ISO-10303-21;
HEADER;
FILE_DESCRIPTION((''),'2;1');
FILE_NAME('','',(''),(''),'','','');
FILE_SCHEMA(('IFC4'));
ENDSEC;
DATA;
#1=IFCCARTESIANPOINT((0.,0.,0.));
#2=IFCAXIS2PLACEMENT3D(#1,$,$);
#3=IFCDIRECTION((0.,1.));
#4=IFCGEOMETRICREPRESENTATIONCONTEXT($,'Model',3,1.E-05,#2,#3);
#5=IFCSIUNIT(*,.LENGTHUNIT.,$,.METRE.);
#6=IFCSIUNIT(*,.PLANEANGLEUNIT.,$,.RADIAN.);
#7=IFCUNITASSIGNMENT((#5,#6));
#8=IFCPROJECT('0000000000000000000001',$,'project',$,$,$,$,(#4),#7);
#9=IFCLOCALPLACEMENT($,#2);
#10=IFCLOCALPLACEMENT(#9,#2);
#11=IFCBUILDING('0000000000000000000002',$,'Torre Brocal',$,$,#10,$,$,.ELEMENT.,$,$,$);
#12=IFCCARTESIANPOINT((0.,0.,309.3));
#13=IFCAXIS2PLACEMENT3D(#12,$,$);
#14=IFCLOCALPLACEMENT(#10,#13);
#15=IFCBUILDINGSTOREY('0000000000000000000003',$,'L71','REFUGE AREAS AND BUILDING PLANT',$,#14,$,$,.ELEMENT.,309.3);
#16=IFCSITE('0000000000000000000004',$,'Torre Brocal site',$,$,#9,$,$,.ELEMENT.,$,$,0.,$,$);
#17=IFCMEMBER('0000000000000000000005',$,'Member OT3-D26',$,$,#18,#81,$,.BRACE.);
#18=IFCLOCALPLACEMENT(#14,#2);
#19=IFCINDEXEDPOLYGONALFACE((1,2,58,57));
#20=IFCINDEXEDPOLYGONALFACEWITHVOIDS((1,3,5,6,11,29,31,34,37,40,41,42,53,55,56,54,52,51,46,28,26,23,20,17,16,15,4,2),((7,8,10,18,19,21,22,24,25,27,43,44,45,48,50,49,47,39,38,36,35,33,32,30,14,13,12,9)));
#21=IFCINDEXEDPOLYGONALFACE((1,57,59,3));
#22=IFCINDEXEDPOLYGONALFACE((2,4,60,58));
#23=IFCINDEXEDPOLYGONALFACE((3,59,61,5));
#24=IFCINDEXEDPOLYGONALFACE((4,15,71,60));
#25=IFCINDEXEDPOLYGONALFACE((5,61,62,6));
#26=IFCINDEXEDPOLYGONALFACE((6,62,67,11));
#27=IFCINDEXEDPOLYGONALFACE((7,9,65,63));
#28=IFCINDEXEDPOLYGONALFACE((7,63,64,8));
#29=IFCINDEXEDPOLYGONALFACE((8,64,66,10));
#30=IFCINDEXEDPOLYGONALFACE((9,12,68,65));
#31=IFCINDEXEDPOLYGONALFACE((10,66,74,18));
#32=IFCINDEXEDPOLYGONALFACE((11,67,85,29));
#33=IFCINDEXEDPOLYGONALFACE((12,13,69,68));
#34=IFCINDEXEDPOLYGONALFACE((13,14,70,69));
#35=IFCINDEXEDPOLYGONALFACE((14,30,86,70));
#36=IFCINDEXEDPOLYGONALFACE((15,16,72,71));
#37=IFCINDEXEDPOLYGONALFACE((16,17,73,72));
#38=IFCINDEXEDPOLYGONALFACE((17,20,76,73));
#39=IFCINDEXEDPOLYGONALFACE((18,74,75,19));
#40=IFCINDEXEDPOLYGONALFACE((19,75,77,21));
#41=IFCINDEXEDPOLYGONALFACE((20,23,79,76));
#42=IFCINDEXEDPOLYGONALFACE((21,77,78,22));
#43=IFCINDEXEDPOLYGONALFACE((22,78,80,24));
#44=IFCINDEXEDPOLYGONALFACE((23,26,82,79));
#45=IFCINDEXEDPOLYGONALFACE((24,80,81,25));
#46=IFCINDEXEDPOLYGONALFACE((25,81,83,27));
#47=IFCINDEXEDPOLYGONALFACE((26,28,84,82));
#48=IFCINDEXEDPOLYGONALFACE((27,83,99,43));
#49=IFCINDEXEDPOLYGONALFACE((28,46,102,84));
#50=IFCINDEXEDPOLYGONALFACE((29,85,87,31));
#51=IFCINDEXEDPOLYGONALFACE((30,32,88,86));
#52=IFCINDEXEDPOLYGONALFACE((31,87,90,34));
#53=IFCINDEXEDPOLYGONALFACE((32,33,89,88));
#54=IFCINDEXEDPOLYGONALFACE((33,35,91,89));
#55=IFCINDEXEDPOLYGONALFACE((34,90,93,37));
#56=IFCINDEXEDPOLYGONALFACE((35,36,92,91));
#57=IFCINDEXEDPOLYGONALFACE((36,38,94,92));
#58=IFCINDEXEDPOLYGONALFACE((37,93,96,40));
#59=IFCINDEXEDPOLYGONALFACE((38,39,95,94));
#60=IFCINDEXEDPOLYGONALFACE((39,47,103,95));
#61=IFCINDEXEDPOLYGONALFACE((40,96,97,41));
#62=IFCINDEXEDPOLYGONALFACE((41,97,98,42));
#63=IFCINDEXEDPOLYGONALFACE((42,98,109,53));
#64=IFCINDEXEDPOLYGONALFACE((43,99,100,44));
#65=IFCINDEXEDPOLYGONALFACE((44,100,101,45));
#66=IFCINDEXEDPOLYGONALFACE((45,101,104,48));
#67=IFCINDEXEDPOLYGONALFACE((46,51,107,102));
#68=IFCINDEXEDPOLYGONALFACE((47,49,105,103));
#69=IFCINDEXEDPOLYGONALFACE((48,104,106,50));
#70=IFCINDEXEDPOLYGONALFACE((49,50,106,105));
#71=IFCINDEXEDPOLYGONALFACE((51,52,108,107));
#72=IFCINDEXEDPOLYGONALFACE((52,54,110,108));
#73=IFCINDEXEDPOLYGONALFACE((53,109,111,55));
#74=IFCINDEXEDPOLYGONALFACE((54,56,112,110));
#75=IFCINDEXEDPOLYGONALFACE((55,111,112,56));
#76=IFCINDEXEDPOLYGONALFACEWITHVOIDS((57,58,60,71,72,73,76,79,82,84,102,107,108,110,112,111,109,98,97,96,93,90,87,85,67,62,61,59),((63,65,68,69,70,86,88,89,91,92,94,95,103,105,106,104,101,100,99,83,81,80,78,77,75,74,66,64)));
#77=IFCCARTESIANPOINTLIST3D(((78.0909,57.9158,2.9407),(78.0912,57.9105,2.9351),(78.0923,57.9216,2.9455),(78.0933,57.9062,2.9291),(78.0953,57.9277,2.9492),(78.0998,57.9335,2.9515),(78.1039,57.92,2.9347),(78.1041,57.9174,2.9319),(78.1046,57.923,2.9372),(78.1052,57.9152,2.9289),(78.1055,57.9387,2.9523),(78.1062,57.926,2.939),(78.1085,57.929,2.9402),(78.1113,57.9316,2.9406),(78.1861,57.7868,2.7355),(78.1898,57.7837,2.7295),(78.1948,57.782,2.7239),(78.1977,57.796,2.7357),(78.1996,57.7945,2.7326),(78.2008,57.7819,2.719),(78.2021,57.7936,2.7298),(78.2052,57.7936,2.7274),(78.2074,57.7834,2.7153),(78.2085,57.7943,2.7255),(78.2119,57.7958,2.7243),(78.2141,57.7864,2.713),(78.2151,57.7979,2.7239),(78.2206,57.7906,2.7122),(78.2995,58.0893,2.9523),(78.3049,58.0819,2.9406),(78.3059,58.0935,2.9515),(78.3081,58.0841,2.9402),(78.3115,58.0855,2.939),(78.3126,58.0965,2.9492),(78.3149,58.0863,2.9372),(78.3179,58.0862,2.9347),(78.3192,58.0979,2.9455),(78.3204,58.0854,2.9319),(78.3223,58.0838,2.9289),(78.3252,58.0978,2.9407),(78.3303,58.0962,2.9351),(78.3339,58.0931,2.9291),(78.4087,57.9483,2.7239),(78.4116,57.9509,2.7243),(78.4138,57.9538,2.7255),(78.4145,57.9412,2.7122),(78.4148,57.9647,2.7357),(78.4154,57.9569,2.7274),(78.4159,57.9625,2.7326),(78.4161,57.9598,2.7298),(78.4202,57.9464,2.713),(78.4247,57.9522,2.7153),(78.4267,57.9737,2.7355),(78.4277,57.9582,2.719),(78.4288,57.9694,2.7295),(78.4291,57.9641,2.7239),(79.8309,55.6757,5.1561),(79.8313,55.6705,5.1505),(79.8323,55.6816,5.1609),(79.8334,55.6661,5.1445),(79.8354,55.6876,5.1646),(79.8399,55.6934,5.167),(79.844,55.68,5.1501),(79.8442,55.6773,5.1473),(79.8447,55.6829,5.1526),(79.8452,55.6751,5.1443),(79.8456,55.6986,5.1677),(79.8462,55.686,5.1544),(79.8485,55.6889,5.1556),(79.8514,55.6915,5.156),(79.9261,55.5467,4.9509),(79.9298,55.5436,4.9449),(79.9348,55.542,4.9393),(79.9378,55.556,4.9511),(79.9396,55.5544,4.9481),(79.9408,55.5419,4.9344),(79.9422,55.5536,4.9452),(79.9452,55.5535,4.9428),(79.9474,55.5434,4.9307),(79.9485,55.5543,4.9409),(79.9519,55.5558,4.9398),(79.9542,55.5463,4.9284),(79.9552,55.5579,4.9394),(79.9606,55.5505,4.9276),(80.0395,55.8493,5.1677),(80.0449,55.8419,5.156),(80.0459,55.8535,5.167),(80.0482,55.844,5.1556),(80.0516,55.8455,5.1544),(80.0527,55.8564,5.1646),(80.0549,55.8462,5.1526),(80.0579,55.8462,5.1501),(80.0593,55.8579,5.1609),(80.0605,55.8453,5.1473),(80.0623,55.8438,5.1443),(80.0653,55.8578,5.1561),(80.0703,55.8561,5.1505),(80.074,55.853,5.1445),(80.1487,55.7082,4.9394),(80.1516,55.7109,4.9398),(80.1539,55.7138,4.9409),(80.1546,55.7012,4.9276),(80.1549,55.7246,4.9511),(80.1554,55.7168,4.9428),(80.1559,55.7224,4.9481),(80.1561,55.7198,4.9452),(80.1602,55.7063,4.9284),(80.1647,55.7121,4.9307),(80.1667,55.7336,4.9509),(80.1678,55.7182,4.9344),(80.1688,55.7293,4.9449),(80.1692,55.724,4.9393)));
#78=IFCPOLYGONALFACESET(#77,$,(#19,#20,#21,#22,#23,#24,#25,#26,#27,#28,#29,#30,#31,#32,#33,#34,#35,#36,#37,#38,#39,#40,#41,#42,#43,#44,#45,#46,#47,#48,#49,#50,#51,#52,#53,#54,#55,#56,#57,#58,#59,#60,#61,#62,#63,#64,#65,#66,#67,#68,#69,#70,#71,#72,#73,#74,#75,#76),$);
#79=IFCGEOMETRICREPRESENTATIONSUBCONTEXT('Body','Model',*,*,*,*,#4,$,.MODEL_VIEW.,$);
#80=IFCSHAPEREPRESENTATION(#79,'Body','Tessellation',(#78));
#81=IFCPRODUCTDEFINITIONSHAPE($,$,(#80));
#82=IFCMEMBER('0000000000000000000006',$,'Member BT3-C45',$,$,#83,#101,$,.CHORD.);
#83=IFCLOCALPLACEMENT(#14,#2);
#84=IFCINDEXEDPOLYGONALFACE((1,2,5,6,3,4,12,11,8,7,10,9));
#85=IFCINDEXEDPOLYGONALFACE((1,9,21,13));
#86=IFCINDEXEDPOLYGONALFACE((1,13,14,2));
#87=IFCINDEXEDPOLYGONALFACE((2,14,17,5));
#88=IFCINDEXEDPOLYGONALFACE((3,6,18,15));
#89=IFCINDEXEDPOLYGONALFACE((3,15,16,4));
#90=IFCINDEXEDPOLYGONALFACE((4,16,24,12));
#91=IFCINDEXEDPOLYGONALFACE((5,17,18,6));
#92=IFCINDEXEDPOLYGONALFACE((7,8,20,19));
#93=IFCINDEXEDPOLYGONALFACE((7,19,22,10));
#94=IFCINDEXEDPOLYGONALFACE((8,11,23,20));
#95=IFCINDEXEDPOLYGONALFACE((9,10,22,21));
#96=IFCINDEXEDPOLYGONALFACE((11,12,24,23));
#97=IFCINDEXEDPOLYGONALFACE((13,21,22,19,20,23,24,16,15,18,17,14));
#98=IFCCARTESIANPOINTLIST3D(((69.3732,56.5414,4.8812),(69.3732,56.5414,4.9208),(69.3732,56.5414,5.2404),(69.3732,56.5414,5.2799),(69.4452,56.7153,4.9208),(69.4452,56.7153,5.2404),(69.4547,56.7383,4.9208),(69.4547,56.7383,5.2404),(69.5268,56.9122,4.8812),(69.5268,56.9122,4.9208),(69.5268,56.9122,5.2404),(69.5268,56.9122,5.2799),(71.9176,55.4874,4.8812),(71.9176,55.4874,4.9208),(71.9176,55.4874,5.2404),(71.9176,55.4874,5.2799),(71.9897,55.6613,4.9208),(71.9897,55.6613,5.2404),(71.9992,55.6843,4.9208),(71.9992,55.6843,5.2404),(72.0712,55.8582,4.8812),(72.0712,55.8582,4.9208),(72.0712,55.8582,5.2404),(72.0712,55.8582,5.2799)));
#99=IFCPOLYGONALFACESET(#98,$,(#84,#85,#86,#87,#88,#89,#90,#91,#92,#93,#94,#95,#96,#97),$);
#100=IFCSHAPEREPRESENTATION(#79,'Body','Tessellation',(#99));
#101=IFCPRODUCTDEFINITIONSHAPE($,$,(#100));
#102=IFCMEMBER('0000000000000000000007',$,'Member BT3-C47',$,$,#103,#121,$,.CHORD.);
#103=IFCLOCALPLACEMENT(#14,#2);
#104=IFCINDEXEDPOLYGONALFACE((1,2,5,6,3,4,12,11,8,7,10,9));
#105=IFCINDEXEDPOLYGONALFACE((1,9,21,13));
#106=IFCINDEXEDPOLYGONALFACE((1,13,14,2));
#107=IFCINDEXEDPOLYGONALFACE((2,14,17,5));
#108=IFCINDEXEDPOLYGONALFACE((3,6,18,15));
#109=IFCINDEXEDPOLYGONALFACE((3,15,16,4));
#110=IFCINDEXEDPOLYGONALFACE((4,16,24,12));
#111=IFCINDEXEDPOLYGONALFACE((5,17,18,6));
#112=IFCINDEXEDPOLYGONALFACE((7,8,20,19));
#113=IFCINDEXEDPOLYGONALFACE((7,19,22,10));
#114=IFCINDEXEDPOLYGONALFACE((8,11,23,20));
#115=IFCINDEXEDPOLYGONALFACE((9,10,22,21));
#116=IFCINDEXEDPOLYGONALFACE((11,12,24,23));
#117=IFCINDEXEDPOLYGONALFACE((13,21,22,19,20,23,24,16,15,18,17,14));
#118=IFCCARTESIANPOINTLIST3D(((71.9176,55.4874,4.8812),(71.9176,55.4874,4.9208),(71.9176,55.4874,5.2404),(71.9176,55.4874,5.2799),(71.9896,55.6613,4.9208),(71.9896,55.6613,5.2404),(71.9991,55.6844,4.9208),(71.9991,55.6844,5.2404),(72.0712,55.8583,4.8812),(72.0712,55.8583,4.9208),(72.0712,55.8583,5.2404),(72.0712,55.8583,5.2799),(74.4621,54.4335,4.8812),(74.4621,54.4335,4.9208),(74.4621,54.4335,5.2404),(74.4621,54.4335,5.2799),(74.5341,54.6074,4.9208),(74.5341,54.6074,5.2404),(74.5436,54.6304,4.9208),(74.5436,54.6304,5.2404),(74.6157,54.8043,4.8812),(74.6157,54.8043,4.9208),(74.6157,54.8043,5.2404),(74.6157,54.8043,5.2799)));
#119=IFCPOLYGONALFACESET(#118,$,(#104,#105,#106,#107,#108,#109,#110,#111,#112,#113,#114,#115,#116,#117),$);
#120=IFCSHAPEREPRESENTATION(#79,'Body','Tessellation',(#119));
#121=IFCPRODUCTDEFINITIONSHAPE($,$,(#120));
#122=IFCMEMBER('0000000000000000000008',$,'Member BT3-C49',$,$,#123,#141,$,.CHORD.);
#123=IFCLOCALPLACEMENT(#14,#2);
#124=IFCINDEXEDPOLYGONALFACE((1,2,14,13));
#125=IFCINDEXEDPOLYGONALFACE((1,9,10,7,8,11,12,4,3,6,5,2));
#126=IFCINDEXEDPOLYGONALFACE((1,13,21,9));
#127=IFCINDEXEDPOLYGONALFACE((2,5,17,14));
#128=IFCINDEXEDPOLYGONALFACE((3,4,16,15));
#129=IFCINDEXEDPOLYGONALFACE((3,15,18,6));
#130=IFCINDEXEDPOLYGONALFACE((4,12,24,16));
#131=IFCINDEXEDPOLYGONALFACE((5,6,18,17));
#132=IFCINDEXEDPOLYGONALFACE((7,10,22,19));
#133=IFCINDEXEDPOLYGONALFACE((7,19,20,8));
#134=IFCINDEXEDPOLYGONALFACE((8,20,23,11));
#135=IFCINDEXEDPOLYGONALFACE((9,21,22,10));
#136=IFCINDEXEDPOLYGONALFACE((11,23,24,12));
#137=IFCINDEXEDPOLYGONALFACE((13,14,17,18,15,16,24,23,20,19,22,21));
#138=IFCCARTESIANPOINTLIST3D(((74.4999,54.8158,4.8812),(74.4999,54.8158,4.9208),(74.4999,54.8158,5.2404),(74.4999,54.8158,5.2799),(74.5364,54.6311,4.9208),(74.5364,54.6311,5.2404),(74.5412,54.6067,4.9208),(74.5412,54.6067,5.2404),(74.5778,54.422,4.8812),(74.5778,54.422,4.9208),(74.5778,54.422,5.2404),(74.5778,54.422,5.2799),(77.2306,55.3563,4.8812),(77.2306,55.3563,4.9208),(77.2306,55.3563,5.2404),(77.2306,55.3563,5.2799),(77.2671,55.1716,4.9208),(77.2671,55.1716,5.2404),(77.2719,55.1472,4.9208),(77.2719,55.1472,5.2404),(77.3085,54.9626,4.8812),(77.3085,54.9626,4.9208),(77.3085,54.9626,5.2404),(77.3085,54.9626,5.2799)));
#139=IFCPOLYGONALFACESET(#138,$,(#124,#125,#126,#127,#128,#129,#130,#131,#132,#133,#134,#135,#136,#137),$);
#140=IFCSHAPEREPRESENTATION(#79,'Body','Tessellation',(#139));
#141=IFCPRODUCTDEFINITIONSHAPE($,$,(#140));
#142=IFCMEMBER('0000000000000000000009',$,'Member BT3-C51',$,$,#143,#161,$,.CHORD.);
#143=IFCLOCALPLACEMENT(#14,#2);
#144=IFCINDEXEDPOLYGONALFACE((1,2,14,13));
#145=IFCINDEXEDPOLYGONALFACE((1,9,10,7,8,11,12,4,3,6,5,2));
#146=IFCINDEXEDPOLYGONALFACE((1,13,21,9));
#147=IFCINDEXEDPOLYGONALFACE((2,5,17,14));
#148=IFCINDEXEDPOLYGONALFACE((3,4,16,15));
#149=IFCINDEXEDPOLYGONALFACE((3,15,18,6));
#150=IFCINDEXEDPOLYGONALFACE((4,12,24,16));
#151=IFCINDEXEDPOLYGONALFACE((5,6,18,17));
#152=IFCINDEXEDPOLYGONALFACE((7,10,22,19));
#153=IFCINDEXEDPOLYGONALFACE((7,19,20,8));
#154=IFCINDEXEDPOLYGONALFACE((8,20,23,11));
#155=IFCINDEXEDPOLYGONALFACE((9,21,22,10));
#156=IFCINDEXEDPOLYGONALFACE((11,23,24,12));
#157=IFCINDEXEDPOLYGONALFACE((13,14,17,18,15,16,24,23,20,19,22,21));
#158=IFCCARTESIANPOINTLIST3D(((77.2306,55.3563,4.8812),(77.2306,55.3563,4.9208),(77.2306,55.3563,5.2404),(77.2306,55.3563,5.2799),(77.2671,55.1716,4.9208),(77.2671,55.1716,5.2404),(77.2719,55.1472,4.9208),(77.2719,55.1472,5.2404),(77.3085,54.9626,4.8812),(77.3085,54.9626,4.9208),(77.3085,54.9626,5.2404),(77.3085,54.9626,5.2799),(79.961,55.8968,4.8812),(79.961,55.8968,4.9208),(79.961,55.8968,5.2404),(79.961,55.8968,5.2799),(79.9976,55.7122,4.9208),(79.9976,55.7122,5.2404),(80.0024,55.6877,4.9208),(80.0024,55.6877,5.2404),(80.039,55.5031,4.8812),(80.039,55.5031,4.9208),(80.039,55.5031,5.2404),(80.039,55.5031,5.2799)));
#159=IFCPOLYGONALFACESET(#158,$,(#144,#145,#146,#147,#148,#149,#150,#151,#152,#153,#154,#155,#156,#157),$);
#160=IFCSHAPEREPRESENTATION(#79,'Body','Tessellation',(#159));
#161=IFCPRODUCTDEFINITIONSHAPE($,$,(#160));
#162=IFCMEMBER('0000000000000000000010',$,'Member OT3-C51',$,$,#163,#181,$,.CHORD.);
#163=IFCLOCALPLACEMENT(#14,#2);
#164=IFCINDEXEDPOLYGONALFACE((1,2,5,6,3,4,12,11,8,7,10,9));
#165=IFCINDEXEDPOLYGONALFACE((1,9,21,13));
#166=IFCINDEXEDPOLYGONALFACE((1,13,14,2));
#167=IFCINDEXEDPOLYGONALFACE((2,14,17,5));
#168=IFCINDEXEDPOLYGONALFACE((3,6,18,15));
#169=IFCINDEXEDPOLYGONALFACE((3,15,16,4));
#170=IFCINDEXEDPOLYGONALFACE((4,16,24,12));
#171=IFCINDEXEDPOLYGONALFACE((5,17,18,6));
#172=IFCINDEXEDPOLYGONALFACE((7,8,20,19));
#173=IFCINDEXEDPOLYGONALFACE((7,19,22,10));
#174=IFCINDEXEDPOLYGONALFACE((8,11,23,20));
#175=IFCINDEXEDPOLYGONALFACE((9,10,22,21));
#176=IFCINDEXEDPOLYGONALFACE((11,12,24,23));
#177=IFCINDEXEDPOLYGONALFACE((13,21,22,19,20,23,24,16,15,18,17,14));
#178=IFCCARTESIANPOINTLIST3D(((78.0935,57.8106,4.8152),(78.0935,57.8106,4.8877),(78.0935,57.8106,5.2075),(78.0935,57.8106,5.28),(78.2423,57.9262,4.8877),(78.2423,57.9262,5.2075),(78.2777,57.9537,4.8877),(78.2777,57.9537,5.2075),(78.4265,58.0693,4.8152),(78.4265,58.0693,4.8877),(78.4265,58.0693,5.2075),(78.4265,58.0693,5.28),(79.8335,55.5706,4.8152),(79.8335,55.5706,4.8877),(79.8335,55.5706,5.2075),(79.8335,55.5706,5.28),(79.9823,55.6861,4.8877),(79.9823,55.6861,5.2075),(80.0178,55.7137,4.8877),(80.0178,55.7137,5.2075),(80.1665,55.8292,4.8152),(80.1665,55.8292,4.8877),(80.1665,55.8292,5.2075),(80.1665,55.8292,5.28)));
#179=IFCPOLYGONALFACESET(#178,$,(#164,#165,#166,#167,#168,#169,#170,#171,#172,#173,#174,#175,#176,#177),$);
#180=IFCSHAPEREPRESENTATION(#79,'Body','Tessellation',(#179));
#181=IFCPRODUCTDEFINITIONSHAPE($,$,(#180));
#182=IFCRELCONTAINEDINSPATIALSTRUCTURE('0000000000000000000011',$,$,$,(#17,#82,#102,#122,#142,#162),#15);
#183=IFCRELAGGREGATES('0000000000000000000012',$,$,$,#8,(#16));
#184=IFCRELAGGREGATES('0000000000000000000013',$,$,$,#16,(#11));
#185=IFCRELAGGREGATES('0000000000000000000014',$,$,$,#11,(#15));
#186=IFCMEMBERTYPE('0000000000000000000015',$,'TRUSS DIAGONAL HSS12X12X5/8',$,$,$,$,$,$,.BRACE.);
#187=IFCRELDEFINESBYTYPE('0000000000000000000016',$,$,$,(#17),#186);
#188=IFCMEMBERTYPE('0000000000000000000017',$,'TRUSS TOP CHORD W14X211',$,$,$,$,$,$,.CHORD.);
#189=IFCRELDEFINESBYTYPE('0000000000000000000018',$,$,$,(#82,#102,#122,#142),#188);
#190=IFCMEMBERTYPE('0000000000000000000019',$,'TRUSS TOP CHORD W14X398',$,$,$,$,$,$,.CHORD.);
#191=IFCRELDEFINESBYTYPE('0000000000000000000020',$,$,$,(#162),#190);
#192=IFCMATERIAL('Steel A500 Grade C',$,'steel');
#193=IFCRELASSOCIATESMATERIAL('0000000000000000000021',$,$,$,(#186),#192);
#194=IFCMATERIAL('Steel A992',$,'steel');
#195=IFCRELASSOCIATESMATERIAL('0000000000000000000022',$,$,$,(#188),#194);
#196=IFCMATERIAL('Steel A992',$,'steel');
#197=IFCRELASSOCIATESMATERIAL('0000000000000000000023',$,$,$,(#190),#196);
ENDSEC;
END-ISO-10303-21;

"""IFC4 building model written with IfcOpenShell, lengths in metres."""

from ifc_helpers import new_model, si_unit, direction, frame, origin, origin_2d, place, context, subcontext, project, spatial, hollow_rectangle, i_section, extrude, material, material_profile, profile_set, type_object, element, save


model = new_model("IFC4")

# Units and contexts
model_context = context("Model", 3, precision=1e-05, world=origin(), true_north=direction((0.0, 1.0)))
body_context = subcontext(model_context, "Body", "Model", "MODEL_VIEW")
ifc_project = project(units=[si_unit("LENGTHUNIT", "METRE"), si_unit("PLANEANGLEUNIT", "RADIAN")], contexts=[model_context])

# Site, building, storey
site_placement = place(None, origin())
site = spatial("IfcSite", under=ifc_project, at=site_placement, Name="Torre Brocal site", CompositionType="ELEMENT", RefElevation=0.0)
building_placement = place(site_placement, origin())
building = spatial("IfcBuilding", under=site, at=building_placement, Name="Torre Brocal", CompositionType="ELEMENT")
storey_placement = place(building_placement, frame((0.0, 0.0, 309.3)))
storey = spatial("IfcBuildingStorey", under=building, at=storey_placement, Name="L71", Description="REFUGE AREAS AND BUILDING PLANT", CompositionType="ELEMENT", Elevation=309.3)

# Members
ifc_material_1 = material(Name="Steel A500 Grade C", Category="steel")
ifc_material_profile_1 = material_profile(ifc_material_1, hollow_rectangle(XDim=0.3047, YDim=0.3047, WallThickness=0.0149, InnerFilletRadius=0.0149, OuterFilletRadius=0.0295, at=origin_2d()), Name="HSS12X12X5/8")
ifc_profile_set_1 = profile_set([ifc_material_profile_1], Name="Steel A500 Grade C")
member_type_1 = type_object("IfcMemberType", Name="TRUSS DIAGONAL HSS12X12X5/8", PredefinedType="BRACE", material=ifc_profile_set_1)
member_1_placement = place(storey_placement, frame((78.26, 57.9399, 2.8323), z_axis=(0.483465, -0.622392, 0.615541), x_axis=(0.789732, 0.613452, 0.0)))
element("IfcMember", 1, at=member_1_placement, inside=storey, type_object=member_type_1, Name="Member OT3-D26", PredefinedType="BRACE", context=body_context, shape_type="SweptSolid", body=[
    extrude(hollow_rectangle(XDim=0.3047, YDim=0.3047, WallThickness=0.0149, InnerFilletRadius=0.0149, OuterFilletRadius=0.0295, at=origin_2d()), origin(), (0.0, 0.0, 1.0), 3.5991),
])
ifc_material_2 = material(Name="Steel A992", Category="steel")
ifc_material_profile_2 = material_profile(ifc_material_2, i_section(OverallWidth=0.4014, OverallDepth=0.3987, WebThickness=0.0249, FlangeThickness=0.0396, at=origin_2d()), Name="W14X211")
ifc_profile_set_2 = profile_set([ifc_material_profile_2], Name="Steel A992")
member_type_2 = type_object("IfcMemberType", Name="TRUSS TOP CHORD W14X211", PredefinedType="CHORD", material=ifc_profile_set_2)
for number, where, z_axis, x_axis, name in (
    (2, (69.45, 56.7268, 5.0806), (0.923877, -0.382688, 0.0), (0.382688, 0.923877, 0.0), "Member BT3-C45"),
    (3, (71.9944, 55.6729, 5.0806), (0.923877, -0.382688, 0.0), (0.382688, 0.923877, 0.0), "Member BT3-C47"),
):
    element("IfcMember", number, at=place(storey_placement, frame(where, z_axis=z_axis, x_axis=x_axis)), inside=storey, type_object=member_type_2, Name=name, PredefinedType="CHORD", context=body_context, shape_type="SweptSolid", body=[
        extrude(i_section(OverallWidth=0.4014, OverallDepth=0.3987, WebThickness=0.0249, FlangeThickness=0.0396, at=origin_2d()), origin(), (0.0, 0.0, 1.0), 2.7542),
    ])
member_2_placement = place(storey_placement, frame((74.5388, 54.6189, 5.0806), z_axis=(0.980967, 0.194176, 0.0), x_axis=(-0.194176, 0.980967, 0.0)))
element("IfcMember", 4, at=member_2_placement, inside=storey, type_object=member_type_2, Name="Member BT3-C49", PredefinedType="CHORD", context=body_context, shape_type="SweptSolid", body=[
    extrude(i_section(OverallWidth=0.4014, OverallDepth=0.3987, WebThickness=0.0249, FlangeThickness=0.0396, at=origin_2d()), origin(), (0.0, 0.0, 1.0), 2.7837),
])
member_3_placement = place(storey_placement, frame((77.2695, 55.1594, 5.0806), z_axis=(0.980963, 0.194193, 0.0), x_axis=(-0.194193, 0.980963, 0.0)))
element("IfcMember", 5, at=member_3_placement, inside=storey, type_object=member_type_2, Name="Member BT3-C51", PredefinedType="CHORD", context=body_context, shape_type="SweptSolid", body=[
    extrude(i_section(OverallWidth=0.4014, OverallDepth=0.3987, WebThickness=0.0249, FlangeThickness=0.0396, at=origin_2d()), origin(), (0.0, 0.0, 1.0), 2.7834),
])
ifc_material_3 = material(Name="Steel A992", Category="steel")
ifc_material_profile_3 = material_profile(ifc_material_3, i_section(OverallWidth=0.4216, OverallDepth=0.4648, WebThickness=0.0449, FlangeThickness=0.0725, at=origin_2d()), Name="W14X398")
ifc_profile_set_3 = profile_set([ifc_material_profile_3], Name="Steel A992")
member_type_3 = type_object("IfcMemberType", Name="TRUSS TOP CHORD W14X398", PredefinedType="CHORD", material=ifc_profile_set_3)
member_4_placement = place(storey_placement, frame((78.26, 57.9399, 5.0476), z_axis=(0.613452, -0.789732, 0.0), x_axis=(0.789732, 0.613452, 0.0)))
element("IfcMember", 6, at=member_4_placement, inside=storey, type_object=member_type_3, Name="Member OT3-C51", PredefinedType="CHORD", context=body_context, shape_type="SweptSolid", body=[
    extrude(i_section(OverallWidth=0.4216, OverallDepth=0.4648, WebThickness=0.0449, FlangeThickness=0.0725, at=origin_2d()), origin(), (0.0, 0.0, 1.0), 2.8364),
])

save(model, "model.ifc")
